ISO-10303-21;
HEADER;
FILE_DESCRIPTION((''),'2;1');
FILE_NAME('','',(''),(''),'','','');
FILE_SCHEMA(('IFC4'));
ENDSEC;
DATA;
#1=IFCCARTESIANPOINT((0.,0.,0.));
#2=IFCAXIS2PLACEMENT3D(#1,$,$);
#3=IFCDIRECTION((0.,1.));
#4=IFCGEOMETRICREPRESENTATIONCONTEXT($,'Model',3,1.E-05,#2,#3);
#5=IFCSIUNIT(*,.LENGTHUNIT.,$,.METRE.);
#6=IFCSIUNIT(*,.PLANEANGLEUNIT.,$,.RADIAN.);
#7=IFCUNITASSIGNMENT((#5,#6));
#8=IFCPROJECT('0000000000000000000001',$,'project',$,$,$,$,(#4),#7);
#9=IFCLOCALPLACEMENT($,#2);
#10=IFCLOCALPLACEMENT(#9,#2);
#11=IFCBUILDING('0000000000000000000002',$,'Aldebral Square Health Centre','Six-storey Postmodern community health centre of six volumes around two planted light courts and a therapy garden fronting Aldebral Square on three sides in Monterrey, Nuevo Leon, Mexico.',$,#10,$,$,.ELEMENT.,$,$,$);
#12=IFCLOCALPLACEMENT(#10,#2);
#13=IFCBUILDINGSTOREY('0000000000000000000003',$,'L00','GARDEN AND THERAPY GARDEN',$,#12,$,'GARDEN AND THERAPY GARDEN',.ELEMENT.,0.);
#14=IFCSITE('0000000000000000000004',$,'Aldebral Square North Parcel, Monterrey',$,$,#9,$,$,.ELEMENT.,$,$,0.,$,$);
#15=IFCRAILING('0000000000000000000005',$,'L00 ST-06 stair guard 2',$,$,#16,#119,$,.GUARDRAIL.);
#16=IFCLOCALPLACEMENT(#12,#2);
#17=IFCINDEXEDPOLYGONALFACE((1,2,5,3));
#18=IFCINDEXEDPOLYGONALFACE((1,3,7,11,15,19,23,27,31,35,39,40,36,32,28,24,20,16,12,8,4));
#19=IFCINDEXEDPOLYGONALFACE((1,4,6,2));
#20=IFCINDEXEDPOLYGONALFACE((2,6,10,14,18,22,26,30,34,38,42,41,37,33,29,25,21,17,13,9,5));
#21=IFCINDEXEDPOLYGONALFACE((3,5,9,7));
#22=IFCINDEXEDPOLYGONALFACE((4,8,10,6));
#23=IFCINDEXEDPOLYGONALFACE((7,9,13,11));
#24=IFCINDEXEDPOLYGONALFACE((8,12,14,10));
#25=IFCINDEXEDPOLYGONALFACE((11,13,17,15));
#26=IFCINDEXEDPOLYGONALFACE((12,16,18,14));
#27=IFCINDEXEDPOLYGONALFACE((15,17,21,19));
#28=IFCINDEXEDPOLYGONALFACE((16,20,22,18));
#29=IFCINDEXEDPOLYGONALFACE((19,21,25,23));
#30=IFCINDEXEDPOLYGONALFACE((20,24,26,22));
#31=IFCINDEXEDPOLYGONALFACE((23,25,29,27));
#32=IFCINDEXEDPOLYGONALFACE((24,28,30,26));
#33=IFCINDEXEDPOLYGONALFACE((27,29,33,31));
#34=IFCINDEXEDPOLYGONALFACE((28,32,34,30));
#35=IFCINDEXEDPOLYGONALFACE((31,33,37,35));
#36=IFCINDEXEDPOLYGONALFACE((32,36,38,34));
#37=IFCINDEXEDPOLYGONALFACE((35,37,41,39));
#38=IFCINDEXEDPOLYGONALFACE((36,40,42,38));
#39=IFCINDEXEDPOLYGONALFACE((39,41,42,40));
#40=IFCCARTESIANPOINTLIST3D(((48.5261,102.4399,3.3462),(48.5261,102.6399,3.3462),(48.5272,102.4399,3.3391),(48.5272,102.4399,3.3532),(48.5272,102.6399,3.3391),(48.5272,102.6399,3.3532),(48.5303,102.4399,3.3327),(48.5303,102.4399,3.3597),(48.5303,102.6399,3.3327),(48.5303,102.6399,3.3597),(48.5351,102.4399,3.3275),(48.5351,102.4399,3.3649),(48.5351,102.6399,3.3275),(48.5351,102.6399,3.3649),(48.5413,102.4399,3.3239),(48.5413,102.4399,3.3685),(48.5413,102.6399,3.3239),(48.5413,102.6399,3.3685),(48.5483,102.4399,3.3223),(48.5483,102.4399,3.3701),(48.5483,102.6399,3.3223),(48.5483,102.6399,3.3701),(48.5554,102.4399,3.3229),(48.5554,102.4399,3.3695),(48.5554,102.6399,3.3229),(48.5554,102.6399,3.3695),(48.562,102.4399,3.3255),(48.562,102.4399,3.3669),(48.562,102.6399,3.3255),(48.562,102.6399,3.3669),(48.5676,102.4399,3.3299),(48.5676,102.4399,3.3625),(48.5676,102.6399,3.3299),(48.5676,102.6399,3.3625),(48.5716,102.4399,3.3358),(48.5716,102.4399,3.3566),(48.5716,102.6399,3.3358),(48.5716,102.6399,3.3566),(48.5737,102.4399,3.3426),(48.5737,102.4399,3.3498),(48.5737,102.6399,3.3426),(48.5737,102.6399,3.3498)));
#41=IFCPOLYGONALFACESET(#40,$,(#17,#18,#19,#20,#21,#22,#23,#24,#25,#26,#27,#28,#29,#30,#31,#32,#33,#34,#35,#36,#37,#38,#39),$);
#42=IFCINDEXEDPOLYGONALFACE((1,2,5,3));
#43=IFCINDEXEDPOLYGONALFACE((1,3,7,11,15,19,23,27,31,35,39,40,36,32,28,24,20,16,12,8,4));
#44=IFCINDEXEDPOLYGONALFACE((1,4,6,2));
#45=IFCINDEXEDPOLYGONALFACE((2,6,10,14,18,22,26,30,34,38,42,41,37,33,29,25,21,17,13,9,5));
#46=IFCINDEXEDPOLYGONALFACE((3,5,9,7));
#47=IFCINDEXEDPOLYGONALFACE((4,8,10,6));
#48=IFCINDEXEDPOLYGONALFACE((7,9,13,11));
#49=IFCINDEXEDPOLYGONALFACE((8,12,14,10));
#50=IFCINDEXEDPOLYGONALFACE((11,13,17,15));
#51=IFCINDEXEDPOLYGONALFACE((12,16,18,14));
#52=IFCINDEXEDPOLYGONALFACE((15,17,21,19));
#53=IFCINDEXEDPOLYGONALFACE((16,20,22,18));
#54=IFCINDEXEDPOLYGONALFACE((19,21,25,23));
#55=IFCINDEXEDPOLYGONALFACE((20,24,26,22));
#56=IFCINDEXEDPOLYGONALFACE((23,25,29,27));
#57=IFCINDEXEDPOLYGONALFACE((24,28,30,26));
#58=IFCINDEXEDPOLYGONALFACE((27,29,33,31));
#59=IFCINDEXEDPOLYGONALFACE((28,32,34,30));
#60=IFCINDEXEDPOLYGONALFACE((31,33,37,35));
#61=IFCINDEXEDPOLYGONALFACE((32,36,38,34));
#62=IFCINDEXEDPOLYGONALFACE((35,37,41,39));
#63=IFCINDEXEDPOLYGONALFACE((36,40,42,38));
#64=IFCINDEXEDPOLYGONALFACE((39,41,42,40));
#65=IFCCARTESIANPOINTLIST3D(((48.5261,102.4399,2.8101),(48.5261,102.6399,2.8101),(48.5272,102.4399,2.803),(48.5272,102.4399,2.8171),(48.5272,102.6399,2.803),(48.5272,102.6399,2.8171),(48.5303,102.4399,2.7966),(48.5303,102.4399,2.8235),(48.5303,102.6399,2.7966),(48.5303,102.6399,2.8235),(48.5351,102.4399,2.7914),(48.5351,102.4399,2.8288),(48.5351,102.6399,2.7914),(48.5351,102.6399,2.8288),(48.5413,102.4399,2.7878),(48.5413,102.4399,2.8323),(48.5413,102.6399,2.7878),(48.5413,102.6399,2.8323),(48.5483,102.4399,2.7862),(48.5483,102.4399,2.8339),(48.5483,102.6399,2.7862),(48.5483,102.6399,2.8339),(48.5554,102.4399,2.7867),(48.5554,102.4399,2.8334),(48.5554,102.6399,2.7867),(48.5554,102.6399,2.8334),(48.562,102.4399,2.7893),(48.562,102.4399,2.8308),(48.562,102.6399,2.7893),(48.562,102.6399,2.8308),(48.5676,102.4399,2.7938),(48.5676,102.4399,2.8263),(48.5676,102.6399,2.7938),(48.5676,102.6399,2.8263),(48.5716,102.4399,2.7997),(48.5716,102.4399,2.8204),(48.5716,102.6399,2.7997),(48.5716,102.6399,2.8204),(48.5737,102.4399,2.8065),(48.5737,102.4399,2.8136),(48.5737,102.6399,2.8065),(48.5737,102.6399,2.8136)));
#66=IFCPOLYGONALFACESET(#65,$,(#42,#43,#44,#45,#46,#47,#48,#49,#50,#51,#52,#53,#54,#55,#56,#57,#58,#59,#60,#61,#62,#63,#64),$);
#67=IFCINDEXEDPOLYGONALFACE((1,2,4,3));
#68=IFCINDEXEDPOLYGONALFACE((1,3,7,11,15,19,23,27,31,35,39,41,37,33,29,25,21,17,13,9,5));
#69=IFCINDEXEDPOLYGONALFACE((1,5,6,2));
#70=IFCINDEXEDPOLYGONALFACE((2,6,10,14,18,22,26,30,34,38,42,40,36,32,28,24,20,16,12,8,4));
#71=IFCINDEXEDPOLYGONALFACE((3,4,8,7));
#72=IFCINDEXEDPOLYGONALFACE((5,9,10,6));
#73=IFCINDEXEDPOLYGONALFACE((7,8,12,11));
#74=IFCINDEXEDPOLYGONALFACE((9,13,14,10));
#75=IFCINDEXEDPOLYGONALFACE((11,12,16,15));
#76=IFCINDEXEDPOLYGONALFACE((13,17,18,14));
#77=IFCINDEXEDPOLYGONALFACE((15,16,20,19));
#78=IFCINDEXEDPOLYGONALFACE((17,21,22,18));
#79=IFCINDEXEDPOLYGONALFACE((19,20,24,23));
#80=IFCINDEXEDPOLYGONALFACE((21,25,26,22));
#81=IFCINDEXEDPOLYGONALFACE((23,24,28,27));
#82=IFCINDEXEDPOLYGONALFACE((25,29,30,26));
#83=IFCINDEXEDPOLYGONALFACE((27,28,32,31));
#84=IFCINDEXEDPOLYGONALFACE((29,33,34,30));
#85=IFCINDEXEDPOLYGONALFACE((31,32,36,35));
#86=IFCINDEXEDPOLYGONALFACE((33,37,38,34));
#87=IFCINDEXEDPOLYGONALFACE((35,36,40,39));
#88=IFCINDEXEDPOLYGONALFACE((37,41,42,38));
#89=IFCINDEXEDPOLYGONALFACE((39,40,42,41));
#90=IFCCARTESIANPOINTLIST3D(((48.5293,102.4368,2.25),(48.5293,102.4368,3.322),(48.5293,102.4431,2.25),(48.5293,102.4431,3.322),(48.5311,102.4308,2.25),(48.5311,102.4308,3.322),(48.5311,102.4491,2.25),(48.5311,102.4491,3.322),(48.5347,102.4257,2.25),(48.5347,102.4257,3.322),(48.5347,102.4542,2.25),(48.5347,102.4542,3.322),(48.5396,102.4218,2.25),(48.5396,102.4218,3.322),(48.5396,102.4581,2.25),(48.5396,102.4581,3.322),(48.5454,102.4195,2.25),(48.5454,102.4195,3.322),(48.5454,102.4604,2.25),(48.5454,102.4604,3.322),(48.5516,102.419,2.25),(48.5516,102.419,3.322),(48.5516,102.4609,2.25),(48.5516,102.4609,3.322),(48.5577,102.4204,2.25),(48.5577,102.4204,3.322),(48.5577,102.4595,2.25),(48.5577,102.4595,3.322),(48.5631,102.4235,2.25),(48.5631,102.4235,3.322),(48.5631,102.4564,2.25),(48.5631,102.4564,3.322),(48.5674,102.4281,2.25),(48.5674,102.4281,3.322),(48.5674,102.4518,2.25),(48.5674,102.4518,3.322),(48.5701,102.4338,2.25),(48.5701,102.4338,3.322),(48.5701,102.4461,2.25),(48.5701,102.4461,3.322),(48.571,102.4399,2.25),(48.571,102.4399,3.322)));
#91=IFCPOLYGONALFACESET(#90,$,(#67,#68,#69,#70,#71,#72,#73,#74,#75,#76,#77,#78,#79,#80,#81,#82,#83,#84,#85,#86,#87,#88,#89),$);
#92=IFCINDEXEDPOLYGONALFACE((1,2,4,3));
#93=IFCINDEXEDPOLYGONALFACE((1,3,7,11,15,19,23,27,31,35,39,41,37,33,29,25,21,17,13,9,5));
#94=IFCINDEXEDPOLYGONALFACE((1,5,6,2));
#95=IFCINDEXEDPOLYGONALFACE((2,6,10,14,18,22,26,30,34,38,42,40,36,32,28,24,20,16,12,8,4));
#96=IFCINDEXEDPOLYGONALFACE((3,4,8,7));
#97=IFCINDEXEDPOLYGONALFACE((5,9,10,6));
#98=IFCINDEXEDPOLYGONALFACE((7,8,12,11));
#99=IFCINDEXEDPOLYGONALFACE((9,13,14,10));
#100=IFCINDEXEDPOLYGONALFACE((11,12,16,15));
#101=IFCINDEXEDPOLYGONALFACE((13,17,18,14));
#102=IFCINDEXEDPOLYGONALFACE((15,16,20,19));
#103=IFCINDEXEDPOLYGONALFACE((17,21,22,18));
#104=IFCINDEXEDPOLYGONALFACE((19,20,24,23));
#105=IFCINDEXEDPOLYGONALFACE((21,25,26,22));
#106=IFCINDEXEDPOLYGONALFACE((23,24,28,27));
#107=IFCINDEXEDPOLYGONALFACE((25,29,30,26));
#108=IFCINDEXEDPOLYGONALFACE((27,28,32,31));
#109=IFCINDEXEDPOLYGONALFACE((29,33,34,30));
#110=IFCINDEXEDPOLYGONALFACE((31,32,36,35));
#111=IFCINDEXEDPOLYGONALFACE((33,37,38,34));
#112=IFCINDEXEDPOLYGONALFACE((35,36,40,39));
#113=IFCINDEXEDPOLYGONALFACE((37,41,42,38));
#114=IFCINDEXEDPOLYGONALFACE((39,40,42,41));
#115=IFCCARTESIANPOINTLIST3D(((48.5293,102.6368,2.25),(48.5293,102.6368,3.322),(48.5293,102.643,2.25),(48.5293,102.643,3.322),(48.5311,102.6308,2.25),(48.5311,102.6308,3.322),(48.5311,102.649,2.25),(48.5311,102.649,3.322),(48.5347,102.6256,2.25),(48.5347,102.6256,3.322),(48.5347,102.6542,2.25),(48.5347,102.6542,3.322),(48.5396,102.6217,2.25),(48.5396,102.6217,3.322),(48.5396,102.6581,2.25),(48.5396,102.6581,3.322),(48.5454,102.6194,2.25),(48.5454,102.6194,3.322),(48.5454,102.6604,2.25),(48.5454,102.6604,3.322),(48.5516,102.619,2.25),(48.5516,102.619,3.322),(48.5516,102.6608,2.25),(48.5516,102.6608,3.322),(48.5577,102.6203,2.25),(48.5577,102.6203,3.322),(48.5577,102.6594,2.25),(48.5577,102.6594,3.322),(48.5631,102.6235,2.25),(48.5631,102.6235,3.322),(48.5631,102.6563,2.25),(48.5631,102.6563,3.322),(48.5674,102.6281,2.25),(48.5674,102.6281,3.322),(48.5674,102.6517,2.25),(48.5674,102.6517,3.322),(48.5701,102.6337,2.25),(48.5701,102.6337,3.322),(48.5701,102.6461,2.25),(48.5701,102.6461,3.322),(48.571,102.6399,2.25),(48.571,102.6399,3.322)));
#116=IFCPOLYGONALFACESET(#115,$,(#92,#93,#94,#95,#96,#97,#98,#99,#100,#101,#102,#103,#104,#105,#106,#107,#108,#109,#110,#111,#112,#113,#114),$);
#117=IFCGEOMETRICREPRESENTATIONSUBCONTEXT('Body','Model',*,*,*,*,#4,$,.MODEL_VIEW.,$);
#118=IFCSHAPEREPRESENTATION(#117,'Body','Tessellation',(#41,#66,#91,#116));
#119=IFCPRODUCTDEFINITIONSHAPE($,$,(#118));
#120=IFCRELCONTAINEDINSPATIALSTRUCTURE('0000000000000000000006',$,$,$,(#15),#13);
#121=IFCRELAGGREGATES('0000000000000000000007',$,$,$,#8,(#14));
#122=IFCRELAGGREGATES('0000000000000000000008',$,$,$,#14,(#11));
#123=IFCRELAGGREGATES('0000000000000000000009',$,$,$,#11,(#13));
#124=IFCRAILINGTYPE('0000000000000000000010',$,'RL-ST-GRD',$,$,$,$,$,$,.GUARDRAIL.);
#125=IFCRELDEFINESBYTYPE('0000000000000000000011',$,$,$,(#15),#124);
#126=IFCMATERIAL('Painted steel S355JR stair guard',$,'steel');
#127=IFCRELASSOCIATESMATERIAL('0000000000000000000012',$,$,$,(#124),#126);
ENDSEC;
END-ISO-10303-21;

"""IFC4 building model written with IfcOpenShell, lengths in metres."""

from ifc_helpers import new_model, si_unit, direction, frame, origin, origin_2d, place, context, subcontext, project, spatial, circle, extrude, material, type_object, element, save


model = new_model("IFC4")

# Units and contexts
model_context = context("Model", 3, precision=1e-05, world=origin(), true_north=direction((0.0, 1.0)))
body_context = subcontext(model_context, "Body", "Model", "MODEL_VIEW")
ifc_project = project(units=[si_unit("LENGTHUNIT", "METRE"), si_unit("PLANEANGLEUNIT", "RADIAN")], contexts=[model_context])

# Site, building, storey
site_placement = place(None, origin())
site = spatial("IfcSite", under=ifc_project, at=site_placement, Name="Aldebral Square North Parcel, Monterrey", CompositionType="ELEMENT", RefElevation=0.0)
building_placement = place(site_placement, origin())
building = spatial("IfcBuilding", under=site, at=building_placement, Name="Aldebral Square Health Centre", Description="Six-storey Postmodern community health centre of six volumes around two planted light courts and a therapy garden fronting Aldebral Square on three sides in Monterrey, Nuevo Leon, Mexico.", CompositionType="ELEMENT")
storey_placement = place(building_placement, origin())
storey = spatial("IfcBuildingStorey", under=building, at=storey_placement, Name="L00", Description="GARDEN AND THERAPY GARDEN", LongName="GARDEN AND THERAPY GARDEN", CompositionType="ELEMENT", Elevation=0.0)

# Railing
ifc_material_1 = material(Name="Painted steel S355JR stair guard", Category="steel")
railing_type_1 = type_object("IfcRailingType", Name="RL-ST-GRD", PredefinedType="GUARDRAIL", material=ifc_material_1)
railing_1_placement = place(storey_placement, frame((48.55, 102.4399, 2.25)))
element("IfcRailing", 1, at=railing_1_placement, inside=storey, type_object=railing_type_1, Name="L00 ST-06 stair guard 2", PredefinedType="GUARDRAIL", context=body_context, shape_type="SweptSolid", body=[
    extrude(circle(Radius=0.0239, at=origin_2d()), frame((0.0, 0.0, 1.0962), z_axis=(0.0, 1.0, 0.0), x_axis=(-1.0, 0.0, 0.0)), (0.0, 0.0, 1.0), 0.2),
    extrude(circle(Radius=0.0239, at=origin_2d()), frame((0.0, 0.0, 0.5601), z_axis=(0.0, 1.0, 0.0), x_axis=(-1.0, 0.0, 0.0)), (0.0, 0.0, 1.0), 0.2),
    extrude(circle(Radius=0.021, at=origin_2d()), origin(), (0.0, 0.0, 1.0), 1.072),
    extrude(circle(Radius=0.021, at=origin_2d()), frame((0.0, 0.2, 0.0)), (0.0, 0.0, 1.0), 1.072),
])

save(model, "model.ifc")
